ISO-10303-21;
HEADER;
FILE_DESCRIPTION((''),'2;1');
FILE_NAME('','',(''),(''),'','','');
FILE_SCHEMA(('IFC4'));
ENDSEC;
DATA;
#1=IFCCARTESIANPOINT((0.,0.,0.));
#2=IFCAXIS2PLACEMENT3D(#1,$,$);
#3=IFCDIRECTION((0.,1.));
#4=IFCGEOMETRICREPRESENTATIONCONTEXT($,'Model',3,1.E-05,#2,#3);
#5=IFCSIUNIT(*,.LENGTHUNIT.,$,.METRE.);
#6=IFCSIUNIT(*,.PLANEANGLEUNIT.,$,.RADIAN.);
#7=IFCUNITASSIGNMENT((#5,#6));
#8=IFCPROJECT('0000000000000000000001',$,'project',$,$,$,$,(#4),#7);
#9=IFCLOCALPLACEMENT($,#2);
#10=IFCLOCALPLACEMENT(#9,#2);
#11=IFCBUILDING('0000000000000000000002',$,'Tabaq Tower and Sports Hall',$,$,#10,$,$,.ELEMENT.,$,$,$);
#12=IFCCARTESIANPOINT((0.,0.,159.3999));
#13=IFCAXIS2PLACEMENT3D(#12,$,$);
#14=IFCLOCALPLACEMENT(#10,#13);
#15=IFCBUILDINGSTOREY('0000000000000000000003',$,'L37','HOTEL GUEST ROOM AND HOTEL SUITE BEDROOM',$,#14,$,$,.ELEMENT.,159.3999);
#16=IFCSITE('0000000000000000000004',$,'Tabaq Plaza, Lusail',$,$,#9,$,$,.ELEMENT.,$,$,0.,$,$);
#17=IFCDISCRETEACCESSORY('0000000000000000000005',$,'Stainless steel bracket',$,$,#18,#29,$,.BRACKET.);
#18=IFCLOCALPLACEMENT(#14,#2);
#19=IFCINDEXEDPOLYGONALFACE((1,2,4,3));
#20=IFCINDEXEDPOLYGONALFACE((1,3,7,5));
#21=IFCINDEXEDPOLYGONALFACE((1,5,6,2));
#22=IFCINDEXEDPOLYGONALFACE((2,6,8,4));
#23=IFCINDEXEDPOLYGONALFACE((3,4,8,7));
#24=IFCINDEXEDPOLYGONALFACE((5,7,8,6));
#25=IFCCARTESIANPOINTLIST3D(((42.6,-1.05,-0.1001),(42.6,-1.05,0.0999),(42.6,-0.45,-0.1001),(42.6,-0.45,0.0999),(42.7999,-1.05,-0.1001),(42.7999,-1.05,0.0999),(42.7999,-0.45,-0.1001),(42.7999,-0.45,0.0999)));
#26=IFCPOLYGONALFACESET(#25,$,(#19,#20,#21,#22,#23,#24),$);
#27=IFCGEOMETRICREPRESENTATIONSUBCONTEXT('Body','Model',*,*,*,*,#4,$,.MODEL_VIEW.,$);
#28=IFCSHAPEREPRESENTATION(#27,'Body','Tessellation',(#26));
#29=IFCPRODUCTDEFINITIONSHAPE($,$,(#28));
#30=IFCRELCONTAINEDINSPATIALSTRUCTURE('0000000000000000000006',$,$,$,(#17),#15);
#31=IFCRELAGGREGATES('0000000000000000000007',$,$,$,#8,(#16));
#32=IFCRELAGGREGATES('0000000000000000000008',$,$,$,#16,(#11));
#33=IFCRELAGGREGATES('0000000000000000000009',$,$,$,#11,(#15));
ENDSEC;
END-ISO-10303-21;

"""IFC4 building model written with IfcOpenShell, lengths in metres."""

from ifc_helpers import new_model, si_unit, direction, frame, origin, origin_2d, place, context, subcontext, project, spatial, rectangle, extrude, element, save


model = new_model("IFC4")

# Units and contexts
model_context = context("Model", 3, precision=1e-05, world=origin(), true_north=direction((0.0, 1.0)))
body_context = subcontext(model_context, "Body", "Model", "MODEL_VIEW")
ifc_project = project(units=[si_unit("LENGTHUNIT", "METRE"), si_unit("PLANEANGLEUNIT", "RADIAN")], contexts=[model_context])

# Site, building, storey
site_placement = place(None, origin())
site = spatial("IfcSite", under=ifc_project, at=site_placement, Name="Tabaq Plaza, Lusail", CompositionType="ELEMENT", RefElevation=0.0)
building_placement = place(site_placement, origin())
building = spatial("IfcBuilding", under=site, at=building_placement, Name="Tabaq Tower and Sports Hall", CompositionType="ELEMENT")
storey_placement = place(building_placement, frame((0.0, 0.0, 159.3999)))
storey = spatial("IfcBuildingStorey", under=building, at=storey_placement, Name="L37", Description="HOTEL GUEST ROOM AND HOTEL SUITE BEDROOM", CompositionType="ELEMENT", Elevation=159.3999)

# Discrete accessory
discrete_accessory_placement = place(storey_placement, frame((42.7, -0.75, -0.1001), z_axis=(0.0, 0.0, 1.0), x_axis=(0.0, -1.0, 0.0)))
element("IfcDiscreteAccessory", 1, at=discrete_accessory_placement, inside=storey, Name="Stainless steel bracket", PredefinedType="BRACKET", context=body_context, shape_type="SweptSolid", body=[
    extrude(rectangle(XDim=0.6001, YDim=0.2, at=origin_2d()), origin(), (0.0, 0.0, 1.0), 0.2),
])

save(model, "model.ifc")
